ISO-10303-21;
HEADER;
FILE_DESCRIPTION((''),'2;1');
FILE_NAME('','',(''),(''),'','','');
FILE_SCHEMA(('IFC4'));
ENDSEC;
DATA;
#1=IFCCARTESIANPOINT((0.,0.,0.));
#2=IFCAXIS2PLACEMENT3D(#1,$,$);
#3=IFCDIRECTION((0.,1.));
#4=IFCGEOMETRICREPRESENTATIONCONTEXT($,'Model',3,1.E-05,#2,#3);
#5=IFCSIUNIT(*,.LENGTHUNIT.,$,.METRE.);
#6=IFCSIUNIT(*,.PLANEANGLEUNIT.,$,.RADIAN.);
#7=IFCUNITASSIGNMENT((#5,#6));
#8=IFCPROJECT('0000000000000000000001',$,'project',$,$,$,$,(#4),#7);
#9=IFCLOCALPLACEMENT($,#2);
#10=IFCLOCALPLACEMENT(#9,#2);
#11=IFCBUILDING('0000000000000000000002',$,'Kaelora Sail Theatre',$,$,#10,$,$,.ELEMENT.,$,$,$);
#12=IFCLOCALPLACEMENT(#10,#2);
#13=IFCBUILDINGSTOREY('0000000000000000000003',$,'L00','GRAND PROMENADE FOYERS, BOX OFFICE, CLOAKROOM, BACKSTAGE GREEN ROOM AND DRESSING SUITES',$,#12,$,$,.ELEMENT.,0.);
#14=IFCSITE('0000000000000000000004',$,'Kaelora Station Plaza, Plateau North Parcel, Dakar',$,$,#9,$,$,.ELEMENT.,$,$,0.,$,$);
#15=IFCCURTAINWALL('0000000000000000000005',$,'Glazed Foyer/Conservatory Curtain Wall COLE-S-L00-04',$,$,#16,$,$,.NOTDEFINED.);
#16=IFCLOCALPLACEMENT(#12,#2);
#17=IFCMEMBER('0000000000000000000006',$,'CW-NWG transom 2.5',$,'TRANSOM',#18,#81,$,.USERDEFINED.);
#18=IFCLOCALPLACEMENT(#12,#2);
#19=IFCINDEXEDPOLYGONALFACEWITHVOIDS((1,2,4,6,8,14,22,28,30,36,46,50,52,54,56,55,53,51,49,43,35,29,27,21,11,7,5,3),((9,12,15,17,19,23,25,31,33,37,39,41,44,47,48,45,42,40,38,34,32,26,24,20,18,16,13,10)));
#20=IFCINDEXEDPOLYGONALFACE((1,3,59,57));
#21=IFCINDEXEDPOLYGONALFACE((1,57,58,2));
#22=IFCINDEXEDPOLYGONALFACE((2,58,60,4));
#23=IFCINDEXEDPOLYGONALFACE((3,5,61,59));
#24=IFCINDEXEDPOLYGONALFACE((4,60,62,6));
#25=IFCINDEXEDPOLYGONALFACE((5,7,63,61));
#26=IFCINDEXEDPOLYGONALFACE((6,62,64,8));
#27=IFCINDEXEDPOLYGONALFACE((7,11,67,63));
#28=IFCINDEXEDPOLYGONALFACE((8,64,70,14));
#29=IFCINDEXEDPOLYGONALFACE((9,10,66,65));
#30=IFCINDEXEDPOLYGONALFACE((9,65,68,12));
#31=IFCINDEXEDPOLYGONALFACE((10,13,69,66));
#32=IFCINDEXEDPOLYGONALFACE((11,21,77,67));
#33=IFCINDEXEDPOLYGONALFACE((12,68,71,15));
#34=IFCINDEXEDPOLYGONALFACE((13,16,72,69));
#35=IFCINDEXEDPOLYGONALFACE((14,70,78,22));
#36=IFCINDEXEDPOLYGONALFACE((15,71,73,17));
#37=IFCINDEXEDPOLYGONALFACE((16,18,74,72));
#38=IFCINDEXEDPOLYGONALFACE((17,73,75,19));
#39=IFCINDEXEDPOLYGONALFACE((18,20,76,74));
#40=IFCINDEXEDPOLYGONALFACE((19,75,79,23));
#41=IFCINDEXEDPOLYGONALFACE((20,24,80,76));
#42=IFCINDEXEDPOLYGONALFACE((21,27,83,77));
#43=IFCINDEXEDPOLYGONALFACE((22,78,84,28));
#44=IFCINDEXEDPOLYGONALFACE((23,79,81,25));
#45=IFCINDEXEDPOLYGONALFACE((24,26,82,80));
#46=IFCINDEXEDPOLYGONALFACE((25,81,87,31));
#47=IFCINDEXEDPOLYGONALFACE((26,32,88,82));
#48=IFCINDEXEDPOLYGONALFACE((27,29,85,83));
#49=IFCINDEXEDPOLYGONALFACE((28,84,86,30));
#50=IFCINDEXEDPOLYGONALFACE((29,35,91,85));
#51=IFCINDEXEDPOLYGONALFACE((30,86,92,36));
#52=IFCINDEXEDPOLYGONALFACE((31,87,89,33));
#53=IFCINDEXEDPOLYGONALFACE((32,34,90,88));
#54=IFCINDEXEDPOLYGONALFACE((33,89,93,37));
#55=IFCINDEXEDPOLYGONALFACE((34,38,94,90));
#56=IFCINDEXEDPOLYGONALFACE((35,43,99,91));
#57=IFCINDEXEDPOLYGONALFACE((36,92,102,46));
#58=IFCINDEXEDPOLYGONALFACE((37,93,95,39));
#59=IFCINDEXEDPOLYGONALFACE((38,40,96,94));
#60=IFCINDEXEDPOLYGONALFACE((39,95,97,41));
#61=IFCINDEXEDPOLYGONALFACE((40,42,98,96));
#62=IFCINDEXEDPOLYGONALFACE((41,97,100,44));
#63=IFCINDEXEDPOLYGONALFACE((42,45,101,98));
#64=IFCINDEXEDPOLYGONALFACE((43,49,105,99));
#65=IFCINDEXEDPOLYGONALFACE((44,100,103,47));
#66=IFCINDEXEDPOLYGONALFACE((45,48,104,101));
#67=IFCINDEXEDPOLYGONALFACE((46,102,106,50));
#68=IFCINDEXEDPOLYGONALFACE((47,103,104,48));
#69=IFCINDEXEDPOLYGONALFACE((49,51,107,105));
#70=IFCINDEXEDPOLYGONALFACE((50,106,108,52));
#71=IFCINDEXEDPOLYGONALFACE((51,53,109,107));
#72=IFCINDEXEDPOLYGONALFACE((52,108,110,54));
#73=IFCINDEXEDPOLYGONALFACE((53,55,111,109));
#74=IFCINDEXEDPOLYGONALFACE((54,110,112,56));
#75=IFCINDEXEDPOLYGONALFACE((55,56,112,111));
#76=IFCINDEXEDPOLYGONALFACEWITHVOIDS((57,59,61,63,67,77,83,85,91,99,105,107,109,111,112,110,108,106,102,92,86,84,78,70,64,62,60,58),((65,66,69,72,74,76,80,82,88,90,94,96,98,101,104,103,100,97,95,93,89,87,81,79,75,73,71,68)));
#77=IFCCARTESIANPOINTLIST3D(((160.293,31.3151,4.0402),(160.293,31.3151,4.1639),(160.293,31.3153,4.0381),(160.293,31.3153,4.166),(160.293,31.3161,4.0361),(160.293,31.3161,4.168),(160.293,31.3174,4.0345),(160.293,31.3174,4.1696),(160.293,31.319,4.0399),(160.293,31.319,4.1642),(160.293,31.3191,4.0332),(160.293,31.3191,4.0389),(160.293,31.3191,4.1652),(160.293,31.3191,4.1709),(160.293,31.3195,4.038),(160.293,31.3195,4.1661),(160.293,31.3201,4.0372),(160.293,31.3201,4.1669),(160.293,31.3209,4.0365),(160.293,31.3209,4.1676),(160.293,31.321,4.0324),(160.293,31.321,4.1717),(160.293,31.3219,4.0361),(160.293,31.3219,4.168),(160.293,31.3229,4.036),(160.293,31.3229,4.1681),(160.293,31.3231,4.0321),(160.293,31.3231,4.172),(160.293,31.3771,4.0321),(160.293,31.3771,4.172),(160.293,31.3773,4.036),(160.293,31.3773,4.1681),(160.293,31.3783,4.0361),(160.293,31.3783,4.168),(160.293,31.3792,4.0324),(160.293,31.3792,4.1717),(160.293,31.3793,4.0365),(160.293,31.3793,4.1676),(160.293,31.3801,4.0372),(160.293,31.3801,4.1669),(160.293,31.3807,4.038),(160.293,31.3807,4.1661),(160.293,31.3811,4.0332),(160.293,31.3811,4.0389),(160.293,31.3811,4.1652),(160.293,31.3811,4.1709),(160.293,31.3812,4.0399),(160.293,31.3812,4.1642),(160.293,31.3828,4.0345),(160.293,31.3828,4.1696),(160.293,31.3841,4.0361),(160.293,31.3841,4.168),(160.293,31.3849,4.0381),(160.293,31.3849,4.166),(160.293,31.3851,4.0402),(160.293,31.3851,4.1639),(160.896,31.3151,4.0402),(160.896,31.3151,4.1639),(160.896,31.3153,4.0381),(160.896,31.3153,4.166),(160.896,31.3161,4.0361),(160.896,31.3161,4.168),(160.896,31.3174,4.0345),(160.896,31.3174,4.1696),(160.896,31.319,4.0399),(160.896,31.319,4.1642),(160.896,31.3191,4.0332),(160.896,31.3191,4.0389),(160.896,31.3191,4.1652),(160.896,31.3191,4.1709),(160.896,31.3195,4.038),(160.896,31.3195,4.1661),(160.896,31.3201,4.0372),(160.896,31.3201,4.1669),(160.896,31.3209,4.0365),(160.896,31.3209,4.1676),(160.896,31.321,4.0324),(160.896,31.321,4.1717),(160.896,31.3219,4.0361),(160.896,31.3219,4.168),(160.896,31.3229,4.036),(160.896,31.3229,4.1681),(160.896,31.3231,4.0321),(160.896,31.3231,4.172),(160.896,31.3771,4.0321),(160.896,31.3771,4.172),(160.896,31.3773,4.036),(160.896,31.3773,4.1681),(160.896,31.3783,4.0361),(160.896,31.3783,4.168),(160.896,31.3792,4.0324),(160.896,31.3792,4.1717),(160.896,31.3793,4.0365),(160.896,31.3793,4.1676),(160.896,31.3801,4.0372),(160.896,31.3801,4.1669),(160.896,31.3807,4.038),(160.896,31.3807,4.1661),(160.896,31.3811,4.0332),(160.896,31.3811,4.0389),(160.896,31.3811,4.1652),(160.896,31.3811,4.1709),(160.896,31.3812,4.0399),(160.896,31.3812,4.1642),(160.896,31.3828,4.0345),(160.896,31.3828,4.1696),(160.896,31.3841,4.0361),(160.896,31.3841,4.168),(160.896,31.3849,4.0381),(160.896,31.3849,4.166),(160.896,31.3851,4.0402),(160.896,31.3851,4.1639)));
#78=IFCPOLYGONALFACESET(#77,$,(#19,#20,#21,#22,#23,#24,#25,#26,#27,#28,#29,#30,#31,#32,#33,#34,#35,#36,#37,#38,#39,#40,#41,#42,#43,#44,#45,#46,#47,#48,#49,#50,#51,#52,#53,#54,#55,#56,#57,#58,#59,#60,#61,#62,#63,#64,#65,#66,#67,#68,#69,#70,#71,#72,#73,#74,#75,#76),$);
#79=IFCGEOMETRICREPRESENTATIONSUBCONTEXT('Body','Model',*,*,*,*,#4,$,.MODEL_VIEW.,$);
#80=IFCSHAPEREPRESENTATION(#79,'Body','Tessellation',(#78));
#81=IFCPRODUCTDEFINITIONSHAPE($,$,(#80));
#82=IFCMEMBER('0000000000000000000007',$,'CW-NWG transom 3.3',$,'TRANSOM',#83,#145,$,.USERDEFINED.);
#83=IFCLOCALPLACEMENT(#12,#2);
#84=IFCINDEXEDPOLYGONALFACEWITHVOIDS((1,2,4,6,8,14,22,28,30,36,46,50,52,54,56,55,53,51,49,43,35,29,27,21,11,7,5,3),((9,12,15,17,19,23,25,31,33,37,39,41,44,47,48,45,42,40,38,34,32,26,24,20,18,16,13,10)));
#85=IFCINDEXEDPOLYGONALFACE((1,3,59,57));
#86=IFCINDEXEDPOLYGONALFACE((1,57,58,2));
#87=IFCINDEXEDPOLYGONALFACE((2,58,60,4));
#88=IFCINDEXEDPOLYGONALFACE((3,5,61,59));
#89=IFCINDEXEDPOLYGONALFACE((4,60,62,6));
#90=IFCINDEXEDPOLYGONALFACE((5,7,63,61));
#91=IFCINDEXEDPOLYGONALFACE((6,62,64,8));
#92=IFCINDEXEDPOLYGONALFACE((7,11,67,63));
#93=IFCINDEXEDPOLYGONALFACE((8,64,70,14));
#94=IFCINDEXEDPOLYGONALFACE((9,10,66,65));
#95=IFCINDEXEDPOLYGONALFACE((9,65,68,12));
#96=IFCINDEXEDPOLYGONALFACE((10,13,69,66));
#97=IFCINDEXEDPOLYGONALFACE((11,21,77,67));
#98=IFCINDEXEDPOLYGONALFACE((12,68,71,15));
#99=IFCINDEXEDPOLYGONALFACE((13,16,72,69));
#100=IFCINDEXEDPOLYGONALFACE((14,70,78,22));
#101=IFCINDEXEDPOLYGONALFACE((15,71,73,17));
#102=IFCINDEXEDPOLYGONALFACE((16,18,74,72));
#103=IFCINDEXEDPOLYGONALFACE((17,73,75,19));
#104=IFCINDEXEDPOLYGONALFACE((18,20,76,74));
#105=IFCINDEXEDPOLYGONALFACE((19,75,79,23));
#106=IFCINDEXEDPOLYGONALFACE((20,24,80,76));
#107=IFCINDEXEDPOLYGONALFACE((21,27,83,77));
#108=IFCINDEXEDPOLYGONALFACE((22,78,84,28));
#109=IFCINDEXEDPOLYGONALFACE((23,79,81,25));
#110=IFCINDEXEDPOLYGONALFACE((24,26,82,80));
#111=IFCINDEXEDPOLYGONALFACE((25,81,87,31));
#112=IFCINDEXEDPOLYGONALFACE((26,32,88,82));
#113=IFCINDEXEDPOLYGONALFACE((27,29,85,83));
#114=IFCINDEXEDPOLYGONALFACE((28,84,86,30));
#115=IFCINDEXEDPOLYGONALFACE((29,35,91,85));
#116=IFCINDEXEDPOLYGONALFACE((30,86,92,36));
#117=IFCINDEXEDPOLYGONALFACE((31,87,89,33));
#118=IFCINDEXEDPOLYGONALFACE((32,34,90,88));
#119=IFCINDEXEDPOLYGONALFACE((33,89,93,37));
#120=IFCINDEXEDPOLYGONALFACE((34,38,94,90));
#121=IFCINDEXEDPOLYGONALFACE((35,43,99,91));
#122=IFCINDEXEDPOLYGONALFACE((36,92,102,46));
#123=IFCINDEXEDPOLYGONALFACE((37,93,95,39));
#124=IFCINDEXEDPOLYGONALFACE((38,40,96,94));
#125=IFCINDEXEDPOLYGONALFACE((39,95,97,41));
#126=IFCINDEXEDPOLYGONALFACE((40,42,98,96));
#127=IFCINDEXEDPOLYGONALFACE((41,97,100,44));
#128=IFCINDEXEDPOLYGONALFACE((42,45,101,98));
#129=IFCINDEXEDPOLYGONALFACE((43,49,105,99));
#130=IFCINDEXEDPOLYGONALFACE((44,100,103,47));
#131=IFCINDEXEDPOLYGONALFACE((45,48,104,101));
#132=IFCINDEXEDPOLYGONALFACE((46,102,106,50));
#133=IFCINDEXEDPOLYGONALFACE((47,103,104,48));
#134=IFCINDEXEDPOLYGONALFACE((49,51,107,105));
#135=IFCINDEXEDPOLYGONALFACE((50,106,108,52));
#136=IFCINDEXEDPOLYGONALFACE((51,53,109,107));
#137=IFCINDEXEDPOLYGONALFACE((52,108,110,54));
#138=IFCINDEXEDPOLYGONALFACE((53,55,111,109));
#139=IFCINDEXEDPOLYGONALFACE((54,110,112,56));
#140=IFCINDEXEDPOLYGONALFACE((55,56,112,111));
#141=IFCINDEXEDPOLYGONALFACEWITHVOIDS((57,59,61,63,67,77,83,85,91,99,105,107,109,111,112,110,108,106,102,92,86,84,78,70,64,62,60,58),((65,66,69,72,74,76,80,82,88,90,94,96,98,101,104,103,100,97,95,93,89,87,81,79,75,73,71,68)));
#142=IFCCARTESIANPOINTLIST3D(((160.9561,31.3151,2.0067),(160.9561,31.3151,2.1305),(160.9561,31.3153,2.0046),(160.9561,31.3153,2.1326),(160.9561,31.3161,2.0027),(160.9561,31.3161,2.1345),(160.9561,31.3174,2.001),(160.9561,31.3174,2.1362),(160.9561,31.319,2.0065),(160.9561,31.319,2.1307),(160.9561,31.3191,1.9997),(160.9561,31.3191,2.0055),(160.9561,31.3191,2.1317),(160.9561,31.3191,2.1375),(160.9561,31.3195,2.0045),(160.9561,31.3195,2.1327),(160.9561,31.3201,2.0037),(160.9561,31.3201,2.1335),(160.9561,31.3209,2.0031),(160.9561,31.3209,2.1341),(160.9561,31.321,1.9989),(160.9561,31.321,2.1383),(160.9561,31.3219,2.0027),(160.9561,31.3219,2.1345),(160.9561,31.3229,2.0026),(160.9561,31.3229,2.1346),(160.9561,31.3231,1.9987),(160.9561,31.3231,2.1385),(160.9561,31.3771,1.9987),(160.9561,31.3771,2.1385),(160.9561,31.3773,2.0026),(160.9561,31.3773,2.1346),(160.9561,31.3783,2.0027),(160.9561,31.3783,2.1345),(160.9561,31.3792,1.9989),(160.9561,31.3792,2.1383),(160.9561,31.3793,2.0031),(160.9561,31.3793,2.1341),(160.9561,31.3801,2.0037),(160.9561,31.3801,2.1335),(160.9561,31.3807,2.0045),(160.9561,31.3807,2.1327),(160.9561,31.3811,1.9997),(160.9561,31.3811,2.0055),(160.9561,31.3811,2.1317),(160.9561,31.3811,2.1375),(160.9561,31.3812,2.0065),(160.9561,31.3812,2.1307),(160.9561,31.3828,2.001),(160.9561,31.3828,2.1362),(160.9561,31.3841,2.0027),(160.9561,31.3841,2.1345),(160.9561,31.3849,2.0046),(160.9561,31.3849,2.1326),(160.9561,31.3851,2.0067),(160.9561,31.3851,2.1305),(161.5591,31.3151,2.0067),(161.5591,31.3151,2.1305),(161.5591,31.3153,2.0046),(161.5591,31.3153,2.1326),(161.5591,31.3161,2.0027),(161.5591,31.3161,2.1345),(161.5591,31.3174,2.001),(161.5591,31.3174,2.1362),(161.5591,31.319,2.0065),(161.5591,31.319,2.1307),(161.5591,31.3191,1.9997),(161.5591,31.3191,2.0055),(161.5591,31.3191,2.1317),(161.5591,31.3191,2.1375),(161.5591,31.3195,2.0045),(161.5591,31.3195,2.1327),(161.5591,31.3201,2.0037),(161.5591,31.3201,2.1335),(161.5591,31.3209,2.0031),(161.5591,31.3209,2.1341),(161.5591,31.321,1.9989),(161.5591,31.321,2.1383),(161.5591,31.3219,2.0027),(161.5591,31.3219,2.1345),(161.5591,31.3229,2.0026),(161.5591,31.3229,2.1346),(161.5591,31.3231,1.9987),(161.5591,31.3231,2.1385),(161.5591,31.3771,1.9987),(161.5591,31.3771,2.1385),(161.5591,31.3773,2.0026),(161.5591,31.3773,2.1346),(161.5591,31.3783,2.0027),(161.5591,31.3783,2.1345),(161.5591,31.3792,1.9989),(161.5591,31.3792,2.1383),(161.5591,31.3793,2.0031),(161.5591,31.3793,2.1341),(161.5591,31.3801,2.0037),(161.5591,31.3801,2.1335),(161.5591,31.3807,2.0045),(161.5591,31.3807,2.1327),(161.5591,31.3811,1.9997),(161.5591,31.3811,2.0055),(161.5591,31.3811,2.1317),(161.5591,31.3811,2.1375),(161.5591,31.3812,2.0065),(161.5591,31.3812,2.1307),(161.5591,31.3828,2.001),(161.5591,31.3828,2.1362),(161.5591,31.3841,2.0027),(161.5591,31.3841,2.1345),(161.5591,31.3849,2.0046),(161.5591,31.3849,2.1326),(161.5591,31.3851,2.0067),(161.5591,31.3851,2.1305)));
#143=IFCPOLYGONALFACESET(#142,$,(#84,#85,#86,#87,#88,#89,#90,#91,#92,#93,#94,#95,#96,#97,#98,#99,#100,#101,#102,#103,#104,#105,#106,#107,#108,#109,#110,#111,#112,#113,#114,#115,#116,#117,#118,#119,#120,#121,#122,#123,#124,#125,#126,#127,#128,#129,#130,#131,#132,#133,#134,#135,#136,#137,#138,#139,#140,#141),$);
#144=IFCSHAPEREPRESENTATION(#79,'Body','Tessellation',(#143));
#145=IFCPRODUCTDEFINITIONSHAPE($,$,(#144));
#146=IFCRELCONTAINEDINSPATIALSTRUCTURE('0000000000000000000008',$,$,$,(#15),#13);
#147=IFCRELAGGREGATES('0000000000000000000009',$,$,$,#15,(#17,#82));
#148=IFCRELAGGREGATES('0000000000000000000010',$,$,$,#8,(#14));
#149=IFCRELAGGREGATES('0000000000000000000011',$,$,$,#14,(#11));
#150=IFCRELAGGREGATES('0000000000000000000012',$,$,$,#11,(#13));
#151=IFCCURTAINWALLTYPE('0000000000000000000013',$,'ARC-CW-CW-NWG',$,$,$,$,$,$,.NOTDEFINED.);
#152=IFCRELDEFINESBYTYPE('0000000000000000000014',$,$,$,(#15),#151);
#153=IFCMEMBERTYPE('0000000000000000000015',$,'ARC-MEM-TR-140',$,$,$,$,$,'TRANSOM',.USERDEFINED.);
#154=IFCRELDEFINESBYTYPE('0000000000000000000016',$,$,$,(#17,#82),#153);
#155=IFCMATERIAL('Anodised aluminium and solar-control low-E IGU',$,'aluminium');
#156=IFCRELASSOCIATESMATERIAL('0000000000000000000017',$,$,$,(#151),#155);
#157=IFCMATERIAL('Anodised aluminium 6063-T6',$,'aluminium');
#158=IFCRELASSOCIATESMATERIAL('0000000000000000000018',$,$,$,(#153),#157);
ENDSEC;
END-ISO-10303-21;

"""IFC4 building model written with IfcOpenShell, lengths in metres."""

from ifc_helpers import new_model, si_unit, direction, frame, origin, origin_2d, place, context, subcontext, project, spatial, hollow_rectangle, extrude, material, material_profile, profile_set, type_object, element, aggregate, save


model = new_model("IFC4")

# Units and contexts
model_context = context("Model", 3, precision=1e-05, world=origin(), true_north=direction((0.0, 1.0)))
body_context = subcontext(model_context, "Body", "Model", "MODEL_VIEW")
ifc_project = project(units=[si_unit("LENGTHUNIT", "METRE"), si_unit("PLANEANGLEUNIT", "RADIAN")], contexts=[model_context])

# Site, building, storey
site_placement = place(None, origin())
site = spatial("IfcSite", under=ifc_project, at=site_placement, Name="Kaelora Station Plaza, Plateau North Parcel, Dakar", CompositionType="ELEMENT", RefElevation=0.0)
building_placement = place(site_placement, origin())
building = spatial("IfcBuilding", under=site, at=building_placement, Name="Kaelora Sail Theatre", CompositionType="ELEMENT")
storey_placement = place(building_placement, origin())
storey = spatial("IfcBuildingStorey", under=building, at=storey_placement, Name="L00", Description="GRAND PROMENADE FOYERS, BOX OFFICE, CLOAKROOM, BACKSTAGE GREEN ROOM AND DRESSING SUITES", CompositionType="ELEMENT", Elevation=0.0)

# Curtain wall, members
ifc_material_1 = material(Name="Anodised aluminium and solar-control low-E IGU", Category="aluminium")
curtain_wall_type = type_object("IfcCurtainWallType", Name="ARC-CW-CW-NWG", PredefinedType="NOTDEFINED", material=ifc_material_1)
ifc_material_2 = material(Name="Anodised aluminium 6063-T6", Category="aluminium")
ifc_material_profile = material_profile(ifc_material_2, hollow_rectangle(XDim=0.0701, YDim=0.1399, WallThickness=0.0039, InnerFilletRadius=0.0039, OuterFilletRadius=0.0081, at=origin_2d()), Name="ALU-TRAN 70x140x4")
ifc_profile_set = profile_set([ifc_material_profile], Name="Anodised aluminium 6063-T6")
member_type = type_object("IfcMemberType", Name="ARC-MEM-TR-140", ElementType="TRANSOM", PredefinedType="USERDEFINED", material=ifc_profile_set)
curtain_wall_1_placement = place(storey_placement, origin())
curtain_wall_1 = element("IfcCurtainWall", 1, at=curtain_wall_1_placement, inside=storey, type_object=curtain_wall_type, Name="Glazed Foyer/Conservatory Curtain Wall COLE-S-L00-04", PredefinedType="NOTDEFINED")
member_1_placement = place(storey_placement, frame((160.293, 31.3501, 4.1021), z_axis=(1.0, 0.0, 0.0), x_axis=(0.0, 1.0, 0.0)))
member_1 = element("IfcMember", 2, at=member_1_placement, type_object=member_type, Name="CW-NWG transom 2.5", ObjectType="TRANSOM", PredefinedType="USERDEFINED", context=body_context, shape_type="SweptSolid", body=[
    extrude(hollow_rectangle(XDim=0.0701, YDim=0.1399, WallThickness=0.0039, InnerFilletRadius=0.0039, OuterFilletRadius=0.0081, at=origin_2d()), origin(), (0.0, 0.0, 1.0), 0.603),
])
member_2_placement = place(storey_placement, frame((160.9561, 31.3501, 2.0686), z_axis=(1.0, 0.0, 0.0), x_axis=(0.0, 1.0, 0.0)))
member_2 = element("IfcMember", 3, at=member_2_placement, type_object=member_type, Name="CW-NWG transom 3.3", ObjectType="TRANSOM", PredefinedType="USERDEFINED", context=body_context, shape_type="SweptSolid", body=[
    extrude(hollow_rectangle(XDim=0.0701, YDim=0.1399, WallThickness=0.0039, InnerFilletRadius=0.0039, OuterFilletRadius=0.0081, at=origin_2d()), origin(), (0.0, 0.0, 1.0), 0.603),
])

aggregate(curtain_wall_1, [member_1, member_2])

save(model, "model.ifc")
